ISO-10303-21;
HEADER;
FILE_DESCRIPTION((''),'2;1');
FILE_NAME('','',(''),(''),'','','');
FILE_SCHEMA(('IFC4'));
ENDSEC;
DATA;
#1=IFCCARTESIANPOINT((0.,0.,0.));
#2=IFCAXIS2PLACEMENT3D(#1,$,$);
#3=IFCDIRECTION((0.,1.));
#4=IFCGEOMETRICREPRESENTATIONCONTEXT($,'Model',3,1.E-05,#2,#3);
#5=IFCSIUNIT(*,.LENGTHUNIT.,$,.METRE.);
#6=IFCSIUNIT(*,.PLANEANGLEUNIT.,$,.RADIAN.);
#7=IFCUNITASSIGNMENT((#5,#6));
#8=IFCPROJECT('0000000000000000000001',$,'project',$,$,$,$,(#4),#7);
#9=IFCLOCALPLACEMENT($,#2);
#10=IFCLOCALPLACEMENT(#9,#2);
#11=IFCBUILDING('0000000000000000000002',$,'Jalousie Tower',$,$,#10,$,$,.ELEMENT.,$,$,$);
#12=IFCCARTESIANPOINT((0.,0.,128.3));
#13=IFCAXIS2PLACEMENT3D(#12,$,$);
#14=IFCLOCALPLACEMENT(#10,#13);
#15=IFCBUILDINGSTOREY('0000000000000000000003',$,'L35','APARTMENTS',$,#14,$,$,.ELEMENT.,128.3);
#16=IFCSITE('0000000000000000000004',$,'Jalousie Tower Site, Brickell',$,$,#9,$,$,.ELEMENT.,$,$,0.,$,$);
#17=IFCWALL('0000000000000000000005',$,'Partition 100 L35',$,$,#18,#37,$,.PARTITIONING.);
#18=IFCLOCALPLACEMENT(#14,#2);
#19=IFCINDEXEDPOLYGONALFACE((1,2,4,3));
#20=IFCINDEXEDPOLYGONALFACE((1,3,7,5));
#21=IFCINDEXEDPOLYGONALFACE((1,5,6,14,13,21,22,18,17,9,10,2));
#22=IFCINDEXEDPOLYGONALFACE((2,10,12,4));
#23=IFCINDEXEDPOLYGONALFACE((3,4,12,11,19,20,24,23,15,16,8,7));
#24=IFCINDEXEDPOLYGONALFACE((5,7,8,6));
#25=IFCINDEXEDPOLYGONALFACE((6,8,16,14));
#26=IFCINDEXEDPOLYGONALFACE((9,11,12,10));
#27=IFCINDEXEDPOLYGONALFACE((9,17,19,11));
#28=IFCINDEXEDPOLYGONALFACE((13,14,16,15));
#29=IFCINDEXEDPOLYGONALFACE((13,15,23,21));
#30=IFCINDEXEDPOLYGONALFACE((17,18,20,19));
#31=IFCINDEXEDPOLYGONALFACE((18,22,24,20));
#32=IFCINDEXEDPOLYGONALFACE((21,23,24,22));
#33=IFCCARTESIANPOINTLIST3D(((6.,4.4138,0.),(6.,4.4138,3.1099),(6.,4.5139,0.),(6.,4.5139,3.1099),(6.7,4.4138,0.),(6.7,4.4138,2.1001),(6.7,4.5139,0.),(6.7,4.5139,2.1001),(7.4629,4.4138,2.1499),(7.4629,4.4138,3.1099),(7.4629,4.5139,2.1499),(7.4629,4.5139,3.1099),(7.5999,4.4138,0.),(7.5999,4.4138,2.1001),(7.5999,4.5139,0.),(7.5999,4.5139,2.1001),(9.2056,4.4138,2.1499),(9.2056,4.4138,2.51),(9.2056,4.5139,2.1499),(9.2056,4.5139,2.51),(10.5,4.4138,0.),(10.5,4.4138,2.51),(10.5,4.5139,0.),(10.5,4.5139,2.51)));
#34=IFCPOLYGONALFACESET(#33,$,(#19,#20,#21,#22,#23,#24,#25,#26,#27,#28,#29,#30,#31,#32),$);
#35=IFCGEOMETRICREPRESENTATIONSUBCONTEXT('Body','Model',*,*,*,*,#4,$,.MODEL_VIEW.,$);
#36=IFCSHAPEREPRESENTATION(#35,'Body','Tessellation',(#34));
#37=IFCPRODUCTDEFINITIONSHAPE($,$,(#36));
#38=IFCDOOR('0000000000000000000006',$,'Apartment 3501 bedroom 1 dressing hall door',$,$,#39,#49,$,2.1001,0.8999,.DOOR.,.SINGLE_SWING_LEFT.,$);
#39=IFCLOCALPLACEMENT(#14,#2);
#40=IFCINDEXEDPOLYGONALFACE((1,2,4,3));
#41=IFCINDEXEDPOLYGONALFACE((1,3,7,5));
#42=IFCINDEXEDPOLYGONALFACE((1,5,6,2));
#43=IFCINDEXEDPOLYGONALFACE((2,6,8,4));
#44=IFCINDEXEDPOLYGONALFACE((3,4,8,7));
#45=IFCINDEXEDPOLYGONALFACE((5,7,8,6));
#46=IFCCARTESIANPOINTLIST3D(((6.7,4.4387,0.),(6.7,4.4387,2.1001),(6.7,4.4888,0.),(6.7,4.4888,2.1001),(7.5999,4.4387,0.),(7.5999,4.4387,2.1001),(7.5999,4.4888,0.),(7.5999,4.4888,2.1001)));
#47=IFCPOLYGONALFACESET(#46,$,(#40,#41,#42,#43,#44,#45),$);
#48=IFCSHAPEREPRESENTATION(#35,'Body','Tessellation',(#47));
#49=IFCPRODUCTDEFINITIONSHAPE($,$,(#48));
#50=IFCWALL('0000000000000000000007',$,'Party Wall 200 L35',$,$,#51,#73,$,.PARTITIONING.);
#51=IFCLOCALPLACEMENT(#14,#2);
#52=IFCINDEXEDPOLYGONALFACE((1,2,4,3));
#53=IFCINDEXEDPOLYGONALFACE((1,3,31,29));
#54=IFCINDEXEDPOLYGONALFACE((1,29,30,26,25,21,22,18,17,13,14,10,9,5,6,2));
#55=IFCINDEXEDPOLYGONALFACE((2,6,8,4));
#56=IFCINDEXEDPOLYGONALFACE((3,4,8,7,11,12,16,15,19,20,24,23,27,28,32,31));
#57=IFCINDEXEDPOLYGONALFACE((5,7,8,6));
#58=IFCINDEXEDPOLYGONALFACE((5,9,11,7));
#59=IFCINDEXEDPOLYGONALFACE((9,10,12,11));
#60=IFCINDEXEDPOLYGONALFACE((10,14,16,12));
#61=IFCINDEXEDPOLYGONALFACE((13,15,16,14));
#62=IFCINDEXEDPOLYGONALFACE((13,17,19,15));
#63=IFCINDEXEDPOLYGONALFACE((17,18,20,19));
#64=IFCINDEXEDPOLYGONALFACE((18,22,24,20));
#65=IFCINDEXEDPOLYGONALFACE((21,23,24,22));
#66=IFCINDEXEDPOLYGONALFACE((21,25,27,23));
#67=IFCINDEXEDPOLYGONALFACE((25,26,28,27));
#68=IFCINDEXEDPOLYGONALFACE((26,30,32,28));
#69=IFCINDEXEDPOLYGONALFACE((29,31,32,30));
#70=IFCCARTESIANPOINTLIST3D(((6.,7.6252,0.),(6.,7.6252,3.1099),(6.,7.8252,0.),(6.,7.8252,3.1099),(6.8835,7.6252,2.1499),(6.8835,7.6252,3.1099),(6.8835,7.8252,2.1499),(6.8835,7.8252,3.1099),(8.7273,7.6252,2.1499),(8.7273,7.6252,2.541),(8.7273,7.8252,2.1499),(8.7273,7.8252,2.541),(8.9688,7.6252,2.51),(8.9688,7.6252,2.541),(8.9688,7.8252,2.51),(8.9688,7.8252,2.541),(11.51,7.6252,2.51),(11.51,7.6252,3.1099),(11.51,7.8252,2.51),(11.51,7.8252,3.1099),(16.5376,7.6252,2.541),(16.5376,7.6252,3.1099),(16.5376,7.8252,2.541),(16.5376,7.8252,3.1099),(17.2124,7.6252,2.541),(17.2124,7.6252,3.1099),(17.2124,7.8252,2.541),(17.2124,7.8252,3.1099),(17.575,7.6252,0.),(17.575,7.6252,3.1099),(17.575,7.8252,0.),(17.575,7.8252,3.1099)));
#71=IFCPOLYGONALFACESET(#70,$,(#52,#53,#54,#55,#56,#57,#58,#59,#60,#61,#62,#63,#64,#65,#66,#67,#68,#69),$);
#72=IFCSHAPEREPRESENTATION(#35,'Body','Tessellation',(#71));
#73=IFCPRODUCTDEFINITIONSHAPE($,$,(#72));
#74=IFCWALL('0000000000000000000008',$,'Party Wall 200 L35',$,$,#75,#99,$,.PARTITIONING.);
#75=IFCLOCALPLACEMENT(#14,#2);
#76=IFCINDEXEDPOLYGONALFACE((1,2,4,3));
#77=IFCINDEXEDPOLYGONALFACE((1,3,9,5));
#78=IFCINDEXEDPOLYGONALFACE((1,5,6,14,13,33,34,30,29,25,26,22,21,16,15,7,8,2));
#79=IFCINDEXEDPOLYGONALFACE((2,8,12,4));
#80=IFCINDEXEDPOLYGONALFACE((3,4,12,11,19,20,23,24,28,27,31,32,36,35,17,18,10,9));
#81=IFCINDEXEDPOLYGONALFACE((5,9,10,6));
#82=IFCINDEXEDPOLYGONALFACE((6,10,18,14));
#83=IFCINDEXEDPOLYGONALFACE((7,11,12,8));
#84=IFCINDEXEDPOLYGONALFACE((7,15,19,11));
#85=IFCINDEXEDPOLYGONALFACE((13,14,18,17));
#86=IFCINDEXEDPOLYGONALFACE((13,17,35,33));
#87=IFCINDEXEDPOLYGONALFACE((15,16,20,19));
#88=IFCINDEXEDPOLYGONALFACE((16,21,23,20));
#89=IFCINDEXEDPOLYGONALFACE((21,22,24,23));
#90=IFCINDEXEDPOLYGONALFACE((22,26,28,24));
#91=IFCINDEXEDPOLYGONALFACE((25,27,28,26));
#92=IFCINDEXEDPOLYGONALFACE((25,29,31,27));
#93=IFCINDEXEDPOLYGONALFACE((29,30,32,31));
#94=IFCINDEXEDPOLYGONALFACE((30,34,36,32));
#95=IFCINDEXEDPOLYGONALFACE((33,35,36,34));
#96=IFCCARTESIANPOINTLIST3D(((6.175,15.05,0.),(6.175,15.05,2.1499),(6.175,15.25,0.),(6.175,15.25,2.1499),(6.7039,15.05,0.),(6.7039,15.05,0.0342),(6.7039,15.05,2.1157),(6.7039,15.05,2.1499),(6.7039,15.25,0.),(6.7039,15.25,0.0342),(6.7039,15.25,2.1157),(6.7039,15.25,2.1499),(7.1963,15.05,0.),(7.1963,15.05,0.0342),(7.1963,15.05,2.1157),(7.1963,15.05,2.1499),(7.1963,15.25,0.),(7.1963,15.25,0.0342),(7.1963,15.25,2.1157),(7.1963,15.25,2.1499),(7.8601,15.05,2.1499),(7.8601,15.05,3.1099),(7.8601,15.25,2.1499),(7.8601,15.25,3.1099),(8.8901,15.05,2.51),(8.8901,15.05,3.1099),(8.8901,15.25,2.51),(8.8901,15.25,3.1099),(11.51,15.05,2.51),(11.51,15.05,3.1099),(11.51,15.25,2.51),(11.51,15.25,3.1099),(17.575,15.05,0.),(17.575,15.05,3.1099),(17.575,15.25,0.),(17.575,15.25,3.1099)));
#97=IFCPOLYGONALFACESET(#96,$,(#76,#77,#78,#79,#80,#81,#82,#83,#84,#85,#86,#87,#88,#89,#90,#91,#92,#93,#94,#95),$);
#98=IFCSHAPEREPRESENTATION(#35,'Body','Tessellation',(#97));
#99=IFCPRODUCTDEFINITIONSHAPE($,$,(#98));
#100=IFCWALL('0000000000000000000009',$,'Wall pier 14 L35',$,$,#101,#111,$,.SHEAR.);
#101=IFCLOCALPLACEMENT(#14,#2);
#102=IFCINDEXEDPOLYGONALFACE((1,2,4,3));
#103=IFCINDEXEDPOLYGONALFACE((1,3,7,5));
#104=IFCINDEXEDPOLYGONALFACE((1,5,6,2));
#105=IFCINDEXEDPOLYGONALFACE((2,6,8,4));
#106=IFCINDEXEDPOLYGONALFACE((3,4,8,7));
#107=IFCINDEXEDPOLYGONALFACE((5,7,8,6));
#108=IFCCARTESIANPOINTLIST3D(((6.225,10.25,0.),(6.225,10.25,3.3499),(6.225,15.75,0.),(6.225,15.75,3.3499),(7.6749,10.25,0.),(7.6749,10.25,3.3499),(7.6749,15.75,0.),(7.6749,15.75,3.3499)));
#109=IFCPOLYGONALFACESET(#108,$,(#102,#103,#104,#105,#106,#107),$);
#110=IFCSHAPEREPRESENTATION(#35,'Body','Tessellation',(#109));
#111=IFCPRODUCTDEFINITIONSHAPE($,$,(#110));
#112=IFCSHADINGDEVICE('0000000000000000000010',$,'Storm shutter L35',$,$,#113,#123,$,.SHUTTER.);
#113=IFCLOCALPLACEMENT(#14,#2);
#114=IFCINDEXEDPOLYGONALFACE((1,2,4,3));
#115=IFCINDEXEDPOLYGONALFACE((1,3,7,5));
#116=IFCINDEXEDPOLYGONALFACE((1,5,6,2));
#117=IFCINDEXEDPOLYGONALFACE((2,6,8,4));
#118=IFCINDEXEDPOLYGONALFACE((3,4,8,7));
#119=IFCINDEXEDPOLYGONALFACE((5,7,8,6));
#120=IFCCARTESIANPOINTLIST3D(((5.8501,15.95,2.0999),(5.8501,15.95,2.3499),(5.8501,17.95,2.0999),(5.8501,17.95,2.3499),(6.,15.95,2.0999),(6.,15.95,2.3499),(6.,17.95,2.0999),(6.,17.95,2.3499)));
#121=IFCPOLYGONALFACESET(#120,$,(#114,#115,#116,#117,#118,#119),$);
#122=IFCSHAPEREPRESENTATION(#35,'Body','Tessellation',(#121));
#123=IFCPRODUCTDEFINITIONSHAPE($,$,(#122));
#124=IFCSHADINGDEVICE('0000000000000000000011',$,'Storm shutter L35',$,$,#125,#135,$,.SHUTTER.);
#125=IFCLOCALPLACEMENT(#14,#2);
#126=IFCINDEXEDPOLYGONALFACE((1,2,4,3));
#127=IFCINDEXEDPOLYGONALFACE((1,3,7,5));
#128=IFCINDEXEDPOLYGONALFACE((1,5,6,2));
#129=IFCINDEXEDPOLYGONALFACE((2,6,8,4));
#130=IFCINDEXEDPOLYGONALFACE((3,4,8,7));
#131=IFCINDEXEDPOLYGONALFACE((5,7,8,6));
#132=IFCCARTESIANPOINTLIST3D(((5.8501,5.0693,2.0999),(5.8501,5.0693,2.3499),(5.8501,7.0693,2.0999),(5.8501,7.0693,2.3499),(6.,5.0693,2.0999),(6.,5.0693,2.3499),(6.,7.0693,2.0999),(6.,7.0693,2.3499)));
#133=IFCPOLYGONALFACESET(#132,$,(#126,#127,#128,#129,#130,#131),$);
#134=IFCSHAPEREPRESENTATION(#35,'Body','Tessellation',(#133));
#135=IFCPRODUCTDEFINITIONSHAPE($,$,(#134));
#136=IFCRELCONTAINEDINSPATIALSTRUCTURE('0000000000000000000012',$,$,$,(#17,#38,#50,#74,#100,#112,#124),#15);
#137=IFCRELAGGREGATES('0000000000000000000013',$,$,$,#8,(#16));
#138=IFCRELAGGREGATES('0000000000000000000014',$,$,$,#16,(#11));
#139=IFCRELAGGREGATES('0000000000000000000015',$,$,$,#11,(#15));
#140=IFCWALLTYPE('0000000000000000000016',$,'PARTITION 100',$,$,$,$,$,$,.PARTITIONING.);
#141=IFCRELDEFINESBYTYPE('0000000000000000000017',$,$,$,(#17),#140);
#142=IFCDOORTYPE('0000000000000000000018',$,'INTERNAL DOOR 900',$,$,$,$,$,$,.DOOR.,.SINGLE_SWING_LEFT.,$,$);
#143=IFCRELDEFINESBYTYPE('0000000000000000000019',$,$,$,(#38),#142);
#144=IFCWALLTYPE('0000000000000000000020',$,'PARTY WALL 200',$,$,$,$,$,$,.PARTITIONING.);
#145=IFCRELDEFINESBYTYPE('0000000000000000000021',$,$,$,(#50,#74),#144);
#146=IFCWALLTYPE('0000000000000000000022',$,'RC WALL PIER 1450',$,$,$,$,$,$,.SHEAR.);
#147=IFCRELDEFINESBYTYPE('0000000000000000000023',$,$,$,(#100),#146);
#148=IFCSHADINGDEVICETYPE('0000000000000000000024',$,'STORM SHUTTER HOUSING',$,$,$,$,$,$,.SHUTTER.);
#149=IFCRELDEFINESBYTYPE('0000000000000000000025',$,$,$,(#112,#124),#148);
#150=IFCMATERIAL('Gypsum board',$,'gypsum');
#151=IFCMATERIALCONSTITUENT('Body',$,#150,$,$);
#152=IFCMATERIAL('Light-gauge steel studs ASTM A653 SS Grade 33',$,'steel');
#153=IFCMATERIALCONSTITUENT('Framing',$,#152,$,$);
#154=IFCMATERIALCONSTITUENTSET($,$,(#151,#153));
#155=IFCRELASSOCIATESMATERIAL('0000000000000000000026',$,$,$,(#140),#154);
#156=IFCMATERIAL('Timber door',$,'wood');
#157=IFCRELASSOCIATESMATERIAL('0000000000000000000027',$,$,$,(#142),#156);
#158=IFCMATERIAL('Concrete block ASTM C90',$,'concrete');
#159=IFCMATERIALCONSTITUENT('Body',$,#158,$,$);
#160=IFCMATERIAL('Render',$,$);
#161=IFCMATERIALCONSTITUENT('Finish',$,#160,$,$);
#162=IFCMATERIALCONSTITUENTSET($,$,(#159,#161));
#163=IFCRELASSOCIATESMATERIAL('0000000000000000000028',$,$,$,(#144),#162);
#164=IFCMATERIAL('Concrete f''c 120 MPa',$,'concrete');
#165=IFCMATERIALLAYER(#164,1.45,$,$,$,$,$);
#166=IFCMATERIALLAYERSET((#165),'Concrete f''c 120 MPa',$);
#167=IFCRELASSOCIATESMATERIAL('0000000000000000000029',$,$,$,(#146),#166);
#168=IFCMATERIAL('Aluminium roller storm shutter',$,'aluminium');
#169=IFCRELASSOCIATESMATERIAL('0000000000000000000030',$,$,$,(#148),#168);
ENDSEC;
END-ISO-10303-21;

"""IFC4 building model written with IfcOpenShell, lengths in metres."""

from ifc_helpers import new_model, si_unit, direction, frame, frame_2d, origin, origin_2d, place, context, subcontext, project, spatial, polyline, rectangle, outline, extrude, material, layer, layer_set, constituent, constituent_set, type_object, element, fill, save


model = new_model("IFC4")

# Units and contexts
model_context = context("Model", 3, precision=1e-05, world=origin(), true_north=direction((0.0, 1.0)))
body_context = subcontext(model_context, "Body", "Model", "MODEL_VIEW")
ifc_project = project(units=[si_unit("LENGTHUNIT", "METRE"), si_unit("PLANEANGLEUNIT", "RADIAN")], contexts=[model_context])

# Site, building, storey
site_placement = place(None, origin())
site = spatial("IfcSite", under=ifc_project, at=site_placement, Name="Jalousie Tower Site, Brickell", CompositionType="ELEMENT", RefElevation=0.0)
building_placement = place(site_placement, origin())
building = spatial("IfcBuilding", under=site, at=building_placement, Name="Jalousie Tower", CompositionType="ELEMENT")
storey_placement = place(building_placement, frame((0.0, 0.0, 128.3)))
storey = spatial("IfcBuildingStorey", under=building, at=storey_placement, Name="L35", Description="APARTMENTS", CompositionType="ELEMENT", Elevation=128.3)

# Wall, opening, door
ifc_material_1 = material(Name="Gypsum board", Category="gypsum")
ifc_constituent_1 = constituent(ifc_material_1, Name="Body")
ifc_material_2 = material(Name="Light-gauge steel studs ASTM A653 SS Grade 33", Category="steel")
ifc_constituent_2 = constituent(ifc_material_2, Name="Framing")
ifc_constituent_set_1 = constituent_set(constituents=[ifc_constituent_1, ifc_constituent_2])
wall_type_1 = type_object("IfcWallType", Name="PARTITION 100", PredefinedType="PARTITIONING", material=ifc_constituent_set_1)
wall_1_placement = place(storey_placement, frame((6.0, 4.4639, 0.0), z_axis=(0.0, 0.0, 1.0), x_axis=(1.0, 0.0, 0.0)))
wall_1 = element("IfcWall", 1, at=wall_1_placement, inside=storey, type_object=wall_type_1, Name="Partition 100 L35", PredefinedType="PARTITIONING", context=body_context, shape_type="SweptSolid", body=[
    extrude(outline(polyline([(0.0, 0.0), (4.5, 0.0), (4.5, 3.1099), (4.5, 2.51), (3.2056, 2.51), (3.2056, 2.1499), (1.4629, 2.1499), (1.4629, 3.1099), (0.0, 3.1099), (0.0, 0.0)])), frame((0.0, 0.05, 0.0), z_axis=(0.0, -1.0, 0.0), x_axis=(1.0, 0.0, 0.0)), (0.0, 0.0, 1.0), 0.1001),
])
opening_1_placement = place(wall_1_placement, frame((0.7, 0.0, 0.0)))
opening_1 = element("IfcOpeningElement", 2, at=opening_1_placement, cuts=wall_1, PredefinedType="OPENING", context=body_context, shape_type="SweptSolid", body=[
    extrude(rectangle(XDim=0.8999, YDim=2.1001, at=frame_2d((0.45, 1.05))), frame((0.0, 0.0601, 0.0), z_axis=(0.0, -1.0, 0.0), x_axis=(1.0, 0.0, 0.0)), (0.0, 0.0, 1.0), 0.1201),
])
ifc_material_3 = material(Name="Timber door", Category="wood")
door_type_1 = type_object("IfcDoorType", Name="INTERNAL DOOR 900", OperationType="SINGLE_SWING_LEFT", PredefinedType="DOOR", material=ifc_material_3)
door_1_placement = place(opening_1_placement, origin())
door_1 = element("IfcDoor", 3, at=door_1_placement, inside=storey, type_object=door_type_1, Name="Apartment 3501 bedroom 1 dressing hall door", OperationType="SINGLE_SWING_LEFT", OverallHeight=2.1001, OverallWidth=0.8999, PredefinedType="DOOR", context=body_context, shape_type="SweptSolid", body=[
    extrude(rectangle(XDim=0.8999, YDim=2.1001, at=frame_2d((0.45, 1.05))), frame((0.0, 0.0249, 0.0), z_axis=(0.0, -1.0, 0.0), x_axis=(1.0, 0.0, 0.0)), (0.0, 0.0, 1.0), 0.05),
])
fill(opening_1, door_1)

# Walls
ifc_material_4 = material(Name="Concrete block ASTM C90", Category="concrete")
ifc_constituent_3 = constituent(ifc_material_4, Name="Body")
ifc_material_5 = material(Name="Render")
ifc_constituent_4 = constituent(ifc_material_5, Name="Finish")
ifc_constituent_set_2 = constituent_set(constituents=[ifc_constituent_3, ifc_constituent_4])
wall_type_2 = type_object("IfcWallType", Name="PARTY WALL 200", PredefinedType="PARTITIONING", material=ifc_constituent_set_2)
wall_2_placement = place(storey_placement, frame((6.0, 7.7251, 0.0), z_axis=(0.0, 0.0, 1.0), x_axis=(1.0, 0.0, 0.0)))
element("IfcWall", 4, at=wall_2_placement, inside=storey, type_object=wall_type_2, Name="Party Wall 200 L35", PredefinedType="PARTITIONING", context=body_context, shape_type="SweptSolid", body=[
    extrude(outline(polyline([(0.0, 0.0), (11.575, 0.0), (11.575, 3.1099), (11.2124, 3.1099), (11.2124, 2.541), (10.5376, 2.541), (10.5376, 3.1099), (5.51, 3.1099), (5.51, 2.51), (2.9688, 2.51), (2.9688, 2.541), (2.7273, 2.541), (2.7273, 2.1499), (0.8835, 2.1499), (0.8835, 3.1099), (0.0, 3.1099), (0.0, 0.0)])), frame((0.0, 0.1001, 0.0), z_axis=(0.0, -1.0, 0.0), x_axis=(1.0, 0.0, 0.0)), (0.0, 0.0, 1.0), 0.2),
])
wall_3_placement = place(storey_placement, frame((6.175, 15.1499, 0.0), z_axis=(0.0, 0.0, 1.0), x_axis=(1.0, 0.0, 0.0)))
element("IfcWall", 5, at=wall_3_placement, inside=storey, type_object=wall_type_2, Name="Party Wall 200 L35", PredefinedType="PARTITIONING", context=body_context, shape_type="SweptSolid", body=[
    extrude(outline(polyline([(0.5288, 2.1499), (0.0, 2.1499), (0.0, 0.0), (0.5288, 0.0), (0.5288, 0.0342), (1.0212, 0.0342), (1.0212, 0.0), (11.3999, 0.0), (11.3999, 3.1099), (5.335, 3.1099), (5.335, 2.51), (2.7151, 2.51), (2.7151, 3.1099), (1.6851, 3.1099), (1.6851, 2.1499), (1.0212, 2.1499), (1.0212, 2.1157), (0.5288, 2.1157), (0.5288, 2.1499)])), frame((0.0, 0.1001, 0.0), z_axis=(0.0, -1.0, 0.0), x_axis=(1.0, 0.0, 0.0)), (0.0, 0.0, 1.0), 0.2),
])
ifc_material_6 = material(Name="Concrete f'c 120 MPa", Category="concrete")
ifc_layer_1 = layer(ifc_material_6, 1.45)
ifc_layer_set_1 = layer_set([ifc_layer_1], Name="Concrete f'c 120 MPa")
wall_type_3 = type_object("IfcWallType", Name="RC WALL PIER 1450", PredefinedType="SHEAR", material=ifc_layer_set_1)
wall_4_placement = place(storey_placement, frame((6.95, 10.25, 0.0), z_axis=(0.0, 0.0, 1.0), x_axis=(0.0, 1.0, 0.0)))
element("IfcWall", 6, at=wall_4_placement, inside=storey, type_object=wall_type_3, Name="Wall pier 14 L35", PredefinedType="SHEAR", context=body_context, shape_type="SweptSolid", body=[
    extrude(rectangle(XDim=5.5, YDim=1.45, at=frame_2d((2.75, 0.0))), origin(), (0.0, 0.0, 1.0), 3.3499),
])

# Shading devices
ifc_material_7 = material(Name="Aluminium roller storm shutter", Category="aluminium")
shading_device_type = type_object("IfcShadingDeviceType", Name="STORM SHUTTER HOUSING", PredefinedType="SHUTTER", material=ifc_material_7)
for number, where, z_axis, x_axis, name in (
    (7, (5.925, 16.95, 2.0999), (0.0, 0.0, 1.0), (0.0, -1.0, 0.0), "Storm shutter L35"),
    (8, (5.925, 6.0693, 2.0999), (0.0, 0.0, 1.0), (0.0, -1.0, 0.0), "Storm shutter L35"),
):
    element("IfcShadingDevice", number, at=place(storey_placement, frame(where, z_axis=z_axis, x_axis=x_axis)), inside=storey, type_object=shading_device_type, Name=name, PredefinedType="SHUTTER", context=body_context, shape_type="SweptSolid", body=[
        extrude(rectangle(XDim=2.0, YDim=0.1499, at=origin_2d()), origin(), (0.0, 0.0, 1.0), 0.25),
    ])

save(model, "model.ifc")
